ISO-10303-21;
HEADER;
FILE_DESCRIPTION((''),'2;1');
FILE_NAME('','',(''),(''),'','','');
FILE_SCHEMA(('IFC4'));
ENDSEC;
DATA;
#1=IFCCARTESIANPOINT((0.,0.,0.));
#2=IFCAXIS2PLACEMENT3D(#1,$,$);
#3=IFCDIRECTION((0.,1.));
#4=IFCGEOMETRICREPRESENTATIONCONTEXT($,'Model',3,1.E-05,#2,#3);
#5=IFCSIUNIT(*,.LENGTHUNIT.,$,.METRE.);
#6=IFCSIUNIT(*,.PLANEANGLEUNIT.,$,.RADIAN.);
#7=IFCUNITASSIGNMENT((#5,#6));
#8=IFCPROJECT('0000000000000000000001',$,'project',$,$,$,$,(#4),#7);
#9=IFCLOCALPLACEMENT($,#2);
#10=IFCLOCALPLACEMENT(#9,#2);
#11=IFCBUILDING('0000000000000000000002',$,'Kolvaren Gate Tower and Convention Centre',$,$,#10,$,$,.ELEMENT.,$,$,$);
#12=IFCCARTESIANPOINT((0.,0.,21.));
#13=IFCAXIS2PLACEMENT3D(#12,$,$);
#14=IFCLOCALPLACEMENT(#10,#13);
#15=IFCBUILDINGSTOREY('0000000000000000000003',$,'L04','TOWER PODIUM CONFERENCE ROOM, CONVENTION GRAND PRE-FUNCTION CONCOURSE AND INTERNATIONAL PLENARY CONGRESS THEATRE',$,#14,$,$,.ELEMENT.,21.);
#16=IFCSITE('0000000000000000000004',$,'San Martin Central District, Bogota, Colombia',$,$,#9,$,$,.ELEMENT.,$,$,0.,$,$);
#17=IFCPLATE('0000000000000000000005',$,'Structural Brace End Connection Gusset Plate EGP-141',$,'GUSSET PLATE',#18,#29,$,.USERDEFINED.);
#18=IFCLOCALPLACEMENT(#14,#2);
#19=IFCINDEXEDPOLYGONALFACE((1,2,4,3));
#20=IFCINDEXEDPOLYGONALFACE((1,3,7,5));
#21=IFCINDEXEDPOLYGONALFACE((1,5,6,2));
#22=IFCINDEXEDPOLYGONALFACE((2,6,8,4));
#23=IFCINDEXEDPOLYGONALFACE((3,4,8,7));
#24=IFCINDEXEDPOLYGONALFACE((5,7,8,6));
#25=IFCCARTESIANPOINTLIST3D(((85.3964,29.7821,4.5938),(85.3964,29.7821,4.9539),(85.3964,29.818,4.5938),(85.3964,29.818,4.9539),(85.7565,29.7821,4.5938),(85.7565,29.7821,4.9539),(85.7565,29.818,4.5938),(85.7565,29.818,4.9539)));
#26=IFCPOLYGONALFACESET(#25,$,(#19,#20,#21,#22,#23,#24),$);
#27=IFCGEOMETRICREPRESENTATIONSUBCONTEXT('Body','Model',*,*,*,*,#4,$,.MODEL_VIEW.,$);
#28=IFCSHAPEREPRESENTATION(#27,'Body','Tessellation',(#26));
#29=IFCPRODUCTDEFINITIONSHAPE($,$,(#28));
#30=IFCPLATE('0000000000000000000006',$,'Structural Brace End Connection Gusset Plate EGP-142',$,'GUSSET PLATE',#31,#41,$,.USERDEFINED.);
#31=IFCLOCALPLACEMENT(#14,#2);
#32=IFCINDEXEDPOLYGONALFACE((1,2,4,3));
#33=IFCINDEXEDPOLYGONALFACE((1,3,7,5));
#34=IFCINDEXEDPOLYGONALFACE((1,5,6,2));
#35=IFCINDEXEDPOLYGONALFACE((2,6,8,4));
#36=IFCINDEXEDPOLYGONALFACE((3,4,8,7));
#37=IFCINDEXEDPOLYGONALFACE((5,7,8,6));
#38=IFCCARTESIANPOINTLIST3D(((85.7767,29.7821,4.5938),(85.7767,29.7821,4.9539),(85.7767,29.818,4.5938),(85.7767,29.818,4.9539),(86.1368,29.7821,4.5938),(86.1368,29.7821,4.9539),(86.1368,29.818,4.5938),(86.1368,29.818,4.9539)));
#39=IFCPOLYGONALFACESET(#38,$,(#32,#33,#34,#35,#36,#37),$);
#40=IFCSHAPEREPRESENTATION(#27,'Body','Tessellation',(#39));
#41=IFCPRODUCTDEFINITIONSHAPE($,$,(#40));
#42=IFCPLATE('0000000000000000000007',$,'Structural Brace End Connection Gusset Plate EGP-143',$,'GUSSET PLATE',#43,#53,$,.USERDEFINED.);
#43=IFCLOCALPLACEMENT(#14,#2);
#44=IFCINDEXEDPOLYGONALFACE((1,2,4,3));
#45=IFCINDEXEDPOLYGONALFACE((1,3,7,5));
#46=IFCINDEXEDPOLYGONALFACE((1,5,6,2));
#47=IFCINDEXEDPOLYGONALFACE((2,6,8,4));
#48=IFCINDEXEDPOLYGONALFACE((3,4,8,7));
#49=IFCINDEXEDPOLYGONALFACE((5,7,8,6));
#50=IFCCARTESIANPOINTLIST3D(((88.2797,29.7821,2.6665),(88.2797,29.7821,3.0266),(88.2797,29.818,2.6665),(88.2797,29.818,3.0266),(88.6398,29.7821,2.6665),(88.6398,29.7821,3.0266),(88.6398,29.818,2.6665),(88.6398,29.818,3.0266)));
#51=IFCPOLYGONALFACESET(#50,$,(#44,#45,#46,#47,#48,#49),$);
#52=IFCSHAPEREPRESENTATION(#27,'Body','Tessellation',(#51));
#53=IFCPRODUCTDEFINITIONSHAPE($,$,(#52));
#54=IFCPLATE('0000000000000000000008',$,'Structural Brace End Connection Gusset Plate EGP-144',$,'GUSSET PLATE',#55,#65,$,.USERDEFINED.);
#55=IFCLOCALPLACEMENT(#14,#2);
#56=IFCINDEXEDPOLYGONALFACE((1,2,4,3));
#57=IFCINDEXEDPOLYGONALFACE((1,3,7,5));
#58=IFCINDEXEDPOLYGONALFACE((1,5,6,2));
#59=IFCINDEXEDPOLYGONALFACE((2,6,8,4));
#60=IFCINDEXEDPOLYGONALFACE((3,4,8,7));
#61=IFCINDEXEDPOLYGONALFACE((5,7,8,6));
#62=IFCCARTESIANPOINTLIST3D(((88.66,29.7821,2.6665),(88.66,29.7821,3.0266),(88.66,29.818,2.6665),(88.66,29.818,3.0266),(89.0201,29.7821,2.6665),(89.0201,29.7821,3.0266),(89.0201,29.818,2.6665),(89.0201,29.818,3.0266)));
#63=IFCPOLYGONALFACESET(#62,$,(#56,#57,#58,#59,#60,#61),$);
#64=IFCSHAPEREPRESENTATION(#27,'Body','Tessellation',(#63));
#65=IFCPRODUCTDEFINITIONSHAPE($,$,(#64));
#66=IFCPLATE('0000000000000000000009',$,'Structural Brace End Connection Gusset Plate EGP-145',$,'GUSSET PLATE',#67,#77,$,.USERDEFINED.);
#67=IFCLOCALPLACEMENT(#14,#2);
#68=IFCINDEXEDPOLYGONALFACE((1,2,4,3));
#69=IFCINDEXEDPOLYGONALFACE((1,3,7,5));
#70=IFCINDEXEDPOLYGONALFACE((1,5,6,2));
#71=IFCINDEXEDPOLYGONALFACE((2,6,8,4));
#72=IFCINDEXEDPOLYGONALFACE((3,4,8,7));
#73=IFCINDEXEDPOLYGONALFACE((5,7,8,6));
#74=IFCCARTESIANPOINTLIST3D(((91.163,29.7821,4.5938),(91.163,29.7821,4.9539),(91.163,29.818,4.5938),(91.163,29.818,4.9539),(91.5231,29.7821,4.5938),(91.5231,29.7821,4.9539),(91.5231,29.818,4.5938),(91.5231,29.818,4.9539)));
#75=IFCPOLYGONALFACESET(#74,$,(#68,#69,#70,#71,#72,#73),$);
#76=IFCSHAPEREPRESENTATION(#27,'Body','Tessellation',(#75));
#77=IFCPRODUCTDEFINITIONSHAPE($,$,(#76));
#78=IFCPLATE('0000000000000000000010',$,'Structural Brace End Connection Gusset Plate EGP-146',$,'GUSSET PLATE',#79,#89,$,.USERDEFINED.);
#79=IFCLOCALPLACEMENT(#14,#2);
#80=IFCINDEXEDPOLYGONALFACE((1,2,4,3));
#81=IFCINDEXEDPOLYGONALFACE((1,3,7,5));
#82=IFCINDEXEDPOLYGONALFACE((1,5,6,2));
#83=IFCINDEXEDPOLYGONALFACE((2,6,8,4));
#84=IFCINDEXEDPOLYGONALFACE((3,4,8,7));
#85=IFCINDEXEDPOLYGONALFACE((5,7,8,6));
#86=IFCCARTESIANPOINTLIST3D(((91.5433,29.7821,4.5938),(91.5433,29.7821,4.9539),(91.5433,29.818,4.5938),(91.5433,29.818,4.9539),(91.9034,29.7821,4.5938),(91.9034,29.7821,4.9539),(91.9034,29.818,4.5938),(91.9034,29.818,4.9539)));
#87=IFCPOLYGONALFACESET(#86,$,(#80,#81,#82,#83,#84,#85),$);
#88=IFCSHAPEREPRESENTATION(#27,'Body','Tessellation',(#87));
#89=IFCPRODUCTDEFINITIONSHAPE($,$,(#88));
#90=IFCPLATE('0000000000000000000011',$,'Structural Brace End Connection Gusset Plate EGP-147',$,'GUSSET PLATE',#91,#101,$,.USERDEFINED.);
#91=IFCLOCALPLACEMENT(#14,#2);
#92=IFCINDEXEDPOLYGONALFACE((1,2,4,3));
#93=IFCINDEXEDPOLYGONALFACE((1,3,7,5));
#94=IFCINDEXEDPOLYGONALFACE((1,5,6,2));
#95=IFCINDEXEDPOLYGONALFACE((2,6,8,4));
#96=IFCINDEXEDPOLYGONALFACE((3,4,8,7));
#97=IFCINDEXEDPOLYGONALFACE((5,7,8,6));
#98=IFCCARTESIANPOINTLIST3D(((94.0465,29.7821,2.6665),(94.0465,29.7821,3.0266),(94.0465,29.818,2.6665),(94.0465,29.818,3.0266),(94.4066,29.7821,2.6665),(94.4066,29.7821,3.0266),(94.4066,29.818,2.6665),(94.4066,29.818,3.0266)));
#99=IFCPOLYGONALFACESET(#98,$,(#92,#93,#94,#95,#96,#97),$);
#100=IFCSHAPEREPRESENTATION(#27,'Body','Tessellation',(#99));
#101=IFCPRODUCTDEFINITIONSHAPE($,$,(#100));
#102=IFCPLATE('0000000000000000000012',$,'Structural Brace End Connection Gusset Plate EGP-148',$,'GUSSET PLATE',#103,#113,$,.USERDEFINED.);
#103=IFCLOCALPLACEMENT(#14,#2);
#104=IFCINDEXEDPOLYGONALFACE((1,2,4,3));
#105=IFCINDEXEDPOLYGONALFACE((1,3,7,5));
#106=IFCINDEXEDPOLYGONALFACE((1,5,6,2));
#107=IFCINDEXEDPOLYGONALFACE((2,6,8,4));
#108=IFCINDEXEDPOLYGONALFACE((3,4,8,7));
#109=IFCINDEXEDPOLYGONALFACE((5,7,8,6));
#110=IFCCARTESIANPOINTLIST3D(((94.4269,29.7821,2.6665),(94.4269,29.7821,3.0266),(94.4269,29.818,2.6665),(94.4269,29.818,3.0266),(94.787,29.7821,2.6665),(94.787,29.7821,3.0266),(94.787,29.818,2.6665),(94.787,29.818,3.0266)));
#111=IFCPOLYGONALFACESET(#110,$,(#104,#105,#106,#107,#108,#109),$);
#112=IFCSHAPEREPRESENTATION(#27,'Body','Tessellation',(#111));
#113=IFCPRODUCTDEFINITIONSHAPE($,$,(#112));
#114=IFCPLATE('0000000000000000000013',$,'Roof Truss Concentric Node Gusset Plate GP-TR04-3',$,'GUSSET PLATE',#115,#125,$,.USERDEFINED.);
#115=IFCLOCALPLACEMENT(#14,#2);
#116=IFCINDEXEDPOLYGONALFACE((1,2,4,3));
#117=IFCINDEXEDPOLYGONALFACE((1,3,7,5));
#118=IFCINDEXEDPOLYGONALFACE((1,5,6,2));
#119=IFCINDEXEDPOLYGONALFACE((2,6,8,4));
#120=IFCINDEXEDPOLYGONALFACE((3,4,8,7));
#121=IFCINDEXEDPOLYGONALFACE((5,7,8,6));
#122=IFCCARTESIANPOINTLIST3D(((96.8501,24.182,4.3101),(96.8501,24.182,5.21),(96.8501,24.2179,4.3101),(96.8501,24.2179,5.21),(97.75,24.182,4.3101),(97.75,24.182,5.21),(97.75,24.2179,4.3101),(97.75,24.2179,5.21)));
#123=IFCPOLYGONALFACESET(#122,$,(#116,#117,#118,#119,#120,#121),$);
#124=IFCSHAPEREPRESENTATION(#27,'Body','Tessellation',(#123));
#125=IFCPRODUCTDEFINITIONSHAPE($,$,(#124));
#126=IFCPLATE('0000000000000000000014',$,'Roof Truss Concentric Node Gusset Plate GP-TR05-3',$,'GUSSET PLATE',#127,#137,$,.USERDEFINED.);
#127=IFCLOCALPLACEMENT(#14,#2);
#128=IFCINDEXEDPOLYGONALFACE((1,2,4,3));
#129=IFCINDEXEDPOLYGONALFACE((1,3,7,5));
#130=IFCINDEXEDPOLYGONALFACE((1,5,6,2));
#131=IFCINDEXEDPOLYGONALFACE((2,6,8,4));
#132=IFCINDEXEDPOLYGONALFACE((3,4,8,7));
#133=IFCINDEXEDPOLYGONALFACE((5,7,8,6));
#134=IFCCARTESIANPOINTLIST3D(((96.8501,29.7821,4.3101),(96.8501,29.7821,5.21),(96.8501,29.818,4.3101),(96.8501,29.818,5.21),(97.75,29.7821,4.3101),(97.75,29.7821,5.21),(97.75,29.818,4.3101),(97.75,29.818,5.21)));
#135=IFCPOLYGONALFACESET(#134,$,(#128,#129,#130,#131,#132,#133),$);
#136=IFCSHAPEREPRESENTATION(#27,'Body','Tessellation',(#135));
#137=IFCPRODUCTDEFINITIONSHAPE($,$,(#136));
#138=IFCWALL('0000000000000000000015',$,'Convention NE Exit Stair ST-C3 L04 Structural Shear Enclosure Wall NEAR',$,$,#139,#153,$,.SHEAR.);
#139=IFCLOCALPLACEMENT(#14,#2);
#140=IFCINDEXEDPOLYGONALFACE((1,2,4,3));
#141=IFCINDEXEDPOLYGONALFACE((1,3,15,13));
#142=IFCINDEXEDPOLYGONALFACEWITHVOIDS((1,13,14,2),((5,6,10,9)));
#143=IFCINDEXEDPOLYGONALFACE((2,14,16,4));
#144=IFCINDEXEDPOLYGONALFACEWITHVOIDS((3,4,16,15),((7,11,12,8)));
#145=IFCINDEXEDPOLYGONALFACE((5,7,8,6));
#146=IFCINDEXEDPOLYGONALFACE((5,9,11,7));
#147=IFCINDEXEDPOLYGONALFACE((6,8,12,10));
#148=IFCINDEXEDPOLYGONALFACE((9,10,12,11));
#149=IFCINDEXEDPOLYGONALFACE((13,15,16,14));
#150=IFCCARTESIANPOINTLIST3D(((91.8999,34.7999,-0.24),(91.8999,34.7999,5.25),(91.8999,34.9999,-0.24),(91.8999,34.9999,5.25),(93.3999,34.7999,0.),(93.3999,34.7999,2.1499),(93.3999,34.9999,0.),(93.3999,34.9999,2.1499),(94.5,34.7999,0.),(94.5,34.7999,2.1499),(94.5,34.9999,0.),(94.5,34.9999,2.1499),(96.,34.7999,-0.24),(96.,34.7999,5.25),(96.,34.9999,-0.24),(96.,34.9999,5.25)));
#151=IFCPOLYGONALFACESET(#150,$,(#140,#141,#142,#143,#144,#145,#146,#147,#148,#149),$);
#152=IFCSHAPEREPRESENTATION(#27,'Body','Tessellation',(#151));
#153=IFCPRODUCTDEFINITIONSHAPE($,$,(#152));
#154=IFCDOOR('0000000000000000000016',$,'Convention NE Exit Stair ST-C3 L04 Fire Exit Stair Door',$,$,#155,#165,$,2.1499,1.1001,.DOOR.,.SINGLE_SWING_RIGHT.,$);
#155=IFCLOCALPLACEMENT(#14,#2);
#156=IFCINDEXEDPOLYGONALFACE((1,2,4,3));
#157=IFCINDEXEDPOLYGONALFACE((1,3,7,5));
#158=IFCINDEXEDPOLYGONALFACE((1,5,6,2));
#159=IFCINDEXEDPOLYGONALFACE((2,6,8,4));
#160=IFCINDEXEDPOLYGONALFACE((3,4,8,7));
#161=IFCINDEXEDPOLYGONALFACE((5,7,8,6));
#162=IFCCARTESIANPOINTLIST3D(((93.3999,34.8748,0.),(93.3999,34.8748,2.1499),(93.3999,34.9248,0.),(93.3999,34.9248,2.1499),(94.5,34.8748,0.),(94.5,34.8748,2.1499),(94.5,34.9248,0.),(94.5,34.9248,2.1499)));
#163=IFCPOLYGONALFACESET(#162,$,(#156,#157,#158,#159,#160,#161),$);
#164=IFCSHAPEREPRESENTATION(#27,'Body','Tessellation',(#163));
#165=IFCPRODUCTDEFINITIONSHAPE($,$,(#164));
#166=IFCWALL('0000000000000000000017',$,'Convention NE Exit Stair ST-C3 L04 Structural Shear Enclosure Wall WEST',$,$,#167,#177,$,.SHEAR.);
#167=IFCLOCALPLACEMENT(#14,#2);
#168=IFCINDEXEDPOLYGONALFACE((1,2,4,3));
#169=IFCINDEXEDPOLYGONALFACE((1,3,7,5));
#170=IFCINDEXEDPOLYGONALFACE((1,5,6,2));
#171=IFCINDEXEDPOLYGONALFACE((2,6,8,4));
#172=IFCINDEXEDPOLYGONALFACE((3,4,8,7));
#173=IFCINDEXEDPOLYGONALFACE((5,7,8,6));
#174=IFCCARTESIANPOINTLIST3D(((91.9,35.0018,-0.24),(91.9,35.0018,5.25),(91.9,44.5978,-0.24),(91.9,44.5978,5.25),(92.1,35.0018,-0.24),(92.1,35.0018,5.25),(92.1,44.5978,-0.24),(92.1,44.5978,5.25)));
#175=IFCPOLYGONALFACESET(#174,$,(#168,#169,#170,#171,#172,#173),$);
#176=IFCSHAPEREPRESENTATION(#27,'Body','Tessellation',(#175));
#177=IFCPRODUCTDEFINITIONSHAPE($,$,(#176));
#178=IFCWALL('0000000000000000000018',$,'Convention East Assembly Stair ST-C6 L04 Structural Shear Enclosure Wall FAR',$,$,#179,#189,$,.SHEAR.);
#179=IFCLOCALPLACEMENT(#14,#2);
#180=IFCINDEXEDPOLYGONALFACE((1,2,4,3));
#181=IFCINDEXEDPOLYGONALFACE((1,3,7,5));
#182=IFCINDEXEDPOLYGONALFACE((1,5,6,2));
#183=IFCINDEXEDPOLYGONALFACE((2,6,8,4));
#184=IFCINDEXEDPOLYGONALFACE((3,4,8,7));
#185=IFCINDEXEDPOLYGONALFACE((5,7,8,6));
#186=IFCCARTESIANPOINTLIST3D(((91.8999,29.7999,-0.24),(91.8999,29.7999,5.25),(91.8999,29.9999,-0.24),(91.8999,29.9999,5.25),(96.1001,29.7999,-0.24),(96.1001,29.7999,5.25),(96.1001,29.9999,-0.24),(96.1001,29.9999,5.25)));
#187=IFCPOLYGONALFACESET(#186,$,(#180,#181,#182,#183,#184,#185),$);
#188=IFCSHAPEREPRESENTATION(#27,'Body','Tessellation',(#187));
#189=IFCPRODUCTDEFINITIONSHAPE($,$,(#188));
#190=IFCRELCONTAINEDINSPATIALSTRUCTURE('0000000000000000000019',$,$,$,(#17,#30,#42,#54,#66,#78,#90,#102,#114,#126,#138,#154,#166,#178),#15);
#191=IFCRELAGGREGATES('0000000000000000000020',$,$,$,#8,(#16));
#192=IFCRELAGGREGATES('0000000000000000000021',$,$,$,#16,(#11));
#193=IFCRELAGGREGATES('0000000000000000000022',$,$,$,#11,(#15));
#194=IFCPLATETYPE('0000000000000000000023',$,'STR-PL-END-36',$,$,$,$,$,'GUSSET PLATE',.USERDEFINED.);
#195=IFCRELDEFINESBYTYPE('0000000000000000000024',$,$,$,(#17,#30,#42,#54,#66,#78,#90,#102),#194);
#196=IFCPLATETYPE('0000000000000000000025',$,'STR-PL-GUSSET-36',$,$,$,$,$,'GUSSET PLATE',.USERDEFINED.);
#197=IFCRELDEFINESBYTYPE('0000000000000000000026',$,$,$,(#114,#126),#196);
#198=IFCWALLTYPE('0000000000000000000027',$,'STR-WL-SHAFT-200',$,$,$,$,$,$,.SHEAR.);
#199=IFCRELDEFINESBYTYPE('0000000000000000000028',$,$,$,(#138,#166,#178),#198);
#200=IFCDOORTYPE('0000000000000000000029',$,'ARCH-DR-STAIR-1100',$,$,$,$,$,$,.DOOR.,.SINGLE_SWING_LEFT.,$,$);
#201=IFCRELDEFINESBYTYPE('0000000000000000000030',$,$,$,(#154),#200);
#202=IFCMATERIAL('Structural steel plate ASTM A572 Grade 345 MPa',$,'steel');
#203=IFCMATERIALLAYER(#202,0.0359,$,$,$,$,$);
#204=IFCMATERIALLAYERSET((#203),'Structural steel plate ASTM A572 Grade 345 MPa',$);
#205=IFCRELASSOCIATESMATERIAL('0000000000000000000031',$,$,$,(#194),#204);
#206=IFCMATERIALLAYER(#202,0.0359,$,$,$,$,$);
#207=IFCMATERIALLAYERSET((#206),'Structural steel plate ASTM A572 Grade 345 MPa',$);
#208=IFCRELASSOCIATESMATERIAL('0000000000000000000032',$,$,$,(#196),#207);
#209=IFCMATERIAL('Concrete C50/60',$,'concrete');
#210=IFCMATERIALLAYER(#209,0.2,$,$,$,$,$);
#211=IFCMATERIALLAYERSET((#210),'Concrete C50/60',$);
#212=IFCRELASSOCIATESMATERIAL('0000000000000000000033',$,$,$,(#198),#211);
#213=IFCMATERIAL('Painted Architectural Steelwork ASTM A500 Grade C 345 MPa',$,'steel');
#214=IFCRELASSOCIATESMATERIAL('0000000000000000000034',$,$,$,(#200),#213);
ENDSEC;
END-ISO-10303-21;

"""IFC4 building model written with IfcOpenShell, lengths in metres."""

from ifc_helpers import new_model, si_unit, direction, frame, frame_2d, origin, origin_2d, place, context, subcontext, project, spatial, rectangle, extrude, material, layer, layer_set, type_object, element, fill, save


model = new_model("IFC4")

# Units and contexts
model_context = context("Model", 3, precision=1e-05, world=origin(), true_north=direction((0.0, 1.0)))
body_context = subcontext(model_context, "Body", "Model", "MODEL_VIEW")
ifc_project = project(units=[si_unit("LENGTHUNIT", "METRE"), si_unit("PLANEANGLEUNIT", "RADIAN")], contexts=[model_context])

# Site, building, storey
site_placement = place(None, origin())
site = spatial("IfcSite", under=ifc_project, at=site_placement, Name="San Martin Central District, Bogota, Colombia", CompositionType="ELEMENT", RefElevation=0.0)
building_placement = place(site_placement, origin())
building = spatial("IfcBuilding", under=site, at=building_placement, Name="Kolvaren Gate Tower and Convention Centre", CompositionType="ELEMENT")
storey_placement = place(building_placement, frame((0.0, 0.0, 21.0)))
storey = spatial("IfcBuildingStorey", under=building, at=storey_placement, Name="L04", Description="TOWER PODIUM CONFERENCE ROOM, CONVENTION GRAND PRE-FUNCTION CONCOURSE AND INTERNATIONAL PLENARY CONGRESS THEATRE", CompositionType="ELEMENT", Elevation=21.0)

# Plates
ifc_material_1 = material(Name="Structural steel plate ASTM A572 Grade 345 MPa", Category="steel")
ifc_layer_1 = layer(ifc_material_1, 0.0359)
ifc_layer_set_1 = layer_set([ifc_layer_1], Name="Structural steel plate ASTM A572 Grade 345 MPa")
plate_type_1 = type_object("IfcPlateType", Name="STR-PL-END-36", ElementType="GUSSET PLATE", PredefinedType="USERDEFINED", material=ifc_layer_set_1)
for number, where, z_axis, x_axis, name in (
    (1, (85.5764, 29.8, 4.5938), (0.0, 0.0, 1.0), (1.0, 0.0, 0.0), "Structural Brace End Connection Gusset Plate EGP-141"),
    (2, (85.9568, 29.8, 4.5938), (0.0, 0.0, 1.0), (1.0, 0.0, 0.0), "Structural Brace End Connection Gusset Plate EGP-142"),
    (3, (88.4597, 29.8, 2.6665), (0.0, 0.0, 1.0), (1.0, 0.0, 0.0), "Structural Brace End Connection Gusset Plate EGP-143"),
    (4, (88.8401, 29.8, 2.6665), (0.0, 0.0, 1.0), (1.0, 0.0, 0.0), "Structural Brace End Connection Gusset Plate EGP-144"),
    (5, (91.343, 29.8, 4.5938), (0.0, 0.0, 1.0), (1.0, 0.0, 0.0), "Structural Brace End Connection Gusset Plate EGP-145"),
    (6, (91.7234, 29.8, 4.5938), (0.0, 0.0, 1.0), (1.0, 0.0, 0.0), "Structural Brace End Connection Gusset Plate EGP-146"),
    (7, (94.2266, 29.8, 2.6665), (0.0, 0.0, 1.0), (1.0, 0.0, 0.0), "Structural Brace End Connection Gusset Plate EGP-147"),
    (8, (94.6069, 29.8, 2.6665), (0.0, 0.0, 1.0), (1.0, 0.0, 0.0), "Structural Brace End Connection Gusset Plate EGP-148"),
):
    element("IfcPlate", number, at=place(storey_placement, frame(where, z_axis=z_axis, x_axis=x_axis)), inside=storey, type_object=plate_type_1, Name=name, ObjectType="GUSSET PLATE", PredefinedType="USERDEFINED", context=body_context, shape_type="SweptSolid", body=[
        extrude(rectangle(XDim=0.3601, YDim=0.0359, at=origin_2d()), origin(), (0.0, 0.0, 1.0), 0.3601),
    ])
ifc_layer_2 = layer(ifc_material_1, 0.0359)
ifc_layer_set_2 = layer_set([ifc_layer_2], Name="Structural steel plate ASTM A572 Grade 345 MPa")
plate_type_2 = type_object("IfcPlateType", Name="STR-PL-GUSSET-36", ElementType="GUSSET PLATE", PredefinedType="USERDEFINED", material=ifc_layer_set_2)
for number, where, z_axis, x_axis, name in (
    (9, (97.3, 24.2, 4.3101), (0.0, 0.0, 1.0), (1.0, 0.0, 0.0), "Roof Truss Concentric Node Gusset Plate GP-TR04-3"),
    (10, (97.3, 29.8, 4.3101), (0.0, 0.0, 1.0), (1.0, 0.0, 0.0), "Roof Truss Concentric Node Gusset Plate GP-TR05-3"),
):
    element("IfcPlate", number, at=place(storey_placement, frame(where, z_axis=z_axis, x_axis=x_axis)), inside=storey, type_object=plate_type_2, Name=name, ObjectType="GUSSET PLATE", PredefinedType="USERDEFINED", context=body_context, shape_type="SweptSolid", body=[
        extrude(rectangle(XDim=0.8999, YDim=0.0359, at=origin_2d()), origin(), (0.0, 0.0, 1.0), 0.8999),
    ])

# Wall, opening, door
ifc_material_2 = material(Name="Concrete C50/60", Category="concrete")
ifc_layer_3 = layer(ifc_material_2, 0.2)
ifc_layer_set_3 = layer_set([ifc_layer_3], Name="Concrete C50/60")
wall_type = type_object("IfcWallType", Name="STR-WL-SHAFT-200", PredefinedType="SHEAR", material=ifc_layer_set_3)
wall_1_placement = place(storey_placement, frame((91.8999, 34.8999, -0.24), z_axis=(0.0, 0.0, 1.0), x_axis=(1.0, 0.0, 0.0)))
wall_1 = element("IfcWall", 11, at=wall_1_placement, inside=storey, type_object=wall_type, Name="Convention NE Exit Stair ST-C3 L04 Structural Shear Enclosure Wall NEAR", PredefinedType="SHEAR", context=body_context, shape_type="SweptSolid", body=[
    extrude(rectangle(XDim=4.1001, YDim=0.2, at=frame_2d((2.05, 0.0))), origin(), (0.0, 0.0, 1.0), 5.49),
])
opening_placement = place(wall_1_placement, frame((1.5, 0.0, 0.24)))
opening = element("IfcOpeningElement", 12, at=opening_placement, cuts=wall_1, PredefinedType="OPENING", context=body_context, shape_type="SweptSolid", body=[
    extrude(rectangle(XDim=1.1001, YDim=2.1499, at=frame_2d((0.55, 1.075))), frame((0.0, 0.1099, 0.0), z_axis=(0.0, -1.0, 0.0), x_axis=(1.0, 0.0, 0.0)), (0.0, 0.0, 1.0), 0.22),
])
ifc_material_3 = material(Name="Painted Architectural Steelwork ASTM A500 Grade C 345 MPa", Category="steel")
door_type = type_object("IfcDoorType", Name="ARCH-DR-STAIR-1100", OperationType="SINGLE_SWING_LEFT", PredefinedType="DOOR", material=ifc_material_3)
door_placement = place(opening_placement, origin())
door = element("IfcDoor", 13, at=door_placement, inside=storey, type_object=door_type, Name="Convention NE Exit Stair ST-C3 L04 Fire Exit Stair Door", OperationType="SINGLE_SWING_RIGHT", OverallHeight=2.1499, OverallWidth=1.1001, PredefinedType="DOOR", context=body_context, shape_type="SweptSolid", body=[
    extrude(rectangle(XDim=1.1001, YDim=2.1499, at=frame_2d((0.55, 1.075))), frame((0.0, 0.0249, 0.0), z_axis=(0.0, -1.0, 0.0), x_axis=(1.0, 0.0, 0.0)), (0.0, 0.0, 1.0), 0.05),
])
fill(opening, door)

# Walls
wall_2_placement = place(storey_placement, frame((92.0, 35.002, -0.24), z_axis=(0.0, 0.0, 1.0), x_axis=(0.0, 1.0, 0.0)))
element("IfcWall", 14, at=wall_2_placement, inside=storey, type_object=wall_type, Name="Convention NE Exit Stair ST-C3 L04 Structural Shear Enclosure Wall WEST", PredefinedType="SHEAR", context=body_context, shape_type="SweptSolid", body=[
    extrude(rectangle(XDim=9.5959, YDim=0.2, at=frame_2d((4.7979, 0.0))), origin(), (0.0, 0.0, 1.0), 5.49),
])
wall_3_placement = place(storey_placement, frame((91.8999, 29.8999, -0.24), z_axis=(0.0, 0.0, 1.0), x_axis=(1.0, 0.0, 0.0)))
element("IfcWall", 15, at=wall_3_placement, inside=storey, type_object=wall_type, Name="Convention East Assembly Stair ST-C6 L04 Structural Shear Enclosure Wall FAR", PredefinedType="SHEAR", context=body_context, shape_type="SweptSolid", body=[
    extrude(rectangle(XDim=4.2002, YDim=0.2, at=frame_2d((2.1001, 0.0))), origin(), (0.0, 0.0, 1.0), 5.49),
])

save(model, "model.ifc")
